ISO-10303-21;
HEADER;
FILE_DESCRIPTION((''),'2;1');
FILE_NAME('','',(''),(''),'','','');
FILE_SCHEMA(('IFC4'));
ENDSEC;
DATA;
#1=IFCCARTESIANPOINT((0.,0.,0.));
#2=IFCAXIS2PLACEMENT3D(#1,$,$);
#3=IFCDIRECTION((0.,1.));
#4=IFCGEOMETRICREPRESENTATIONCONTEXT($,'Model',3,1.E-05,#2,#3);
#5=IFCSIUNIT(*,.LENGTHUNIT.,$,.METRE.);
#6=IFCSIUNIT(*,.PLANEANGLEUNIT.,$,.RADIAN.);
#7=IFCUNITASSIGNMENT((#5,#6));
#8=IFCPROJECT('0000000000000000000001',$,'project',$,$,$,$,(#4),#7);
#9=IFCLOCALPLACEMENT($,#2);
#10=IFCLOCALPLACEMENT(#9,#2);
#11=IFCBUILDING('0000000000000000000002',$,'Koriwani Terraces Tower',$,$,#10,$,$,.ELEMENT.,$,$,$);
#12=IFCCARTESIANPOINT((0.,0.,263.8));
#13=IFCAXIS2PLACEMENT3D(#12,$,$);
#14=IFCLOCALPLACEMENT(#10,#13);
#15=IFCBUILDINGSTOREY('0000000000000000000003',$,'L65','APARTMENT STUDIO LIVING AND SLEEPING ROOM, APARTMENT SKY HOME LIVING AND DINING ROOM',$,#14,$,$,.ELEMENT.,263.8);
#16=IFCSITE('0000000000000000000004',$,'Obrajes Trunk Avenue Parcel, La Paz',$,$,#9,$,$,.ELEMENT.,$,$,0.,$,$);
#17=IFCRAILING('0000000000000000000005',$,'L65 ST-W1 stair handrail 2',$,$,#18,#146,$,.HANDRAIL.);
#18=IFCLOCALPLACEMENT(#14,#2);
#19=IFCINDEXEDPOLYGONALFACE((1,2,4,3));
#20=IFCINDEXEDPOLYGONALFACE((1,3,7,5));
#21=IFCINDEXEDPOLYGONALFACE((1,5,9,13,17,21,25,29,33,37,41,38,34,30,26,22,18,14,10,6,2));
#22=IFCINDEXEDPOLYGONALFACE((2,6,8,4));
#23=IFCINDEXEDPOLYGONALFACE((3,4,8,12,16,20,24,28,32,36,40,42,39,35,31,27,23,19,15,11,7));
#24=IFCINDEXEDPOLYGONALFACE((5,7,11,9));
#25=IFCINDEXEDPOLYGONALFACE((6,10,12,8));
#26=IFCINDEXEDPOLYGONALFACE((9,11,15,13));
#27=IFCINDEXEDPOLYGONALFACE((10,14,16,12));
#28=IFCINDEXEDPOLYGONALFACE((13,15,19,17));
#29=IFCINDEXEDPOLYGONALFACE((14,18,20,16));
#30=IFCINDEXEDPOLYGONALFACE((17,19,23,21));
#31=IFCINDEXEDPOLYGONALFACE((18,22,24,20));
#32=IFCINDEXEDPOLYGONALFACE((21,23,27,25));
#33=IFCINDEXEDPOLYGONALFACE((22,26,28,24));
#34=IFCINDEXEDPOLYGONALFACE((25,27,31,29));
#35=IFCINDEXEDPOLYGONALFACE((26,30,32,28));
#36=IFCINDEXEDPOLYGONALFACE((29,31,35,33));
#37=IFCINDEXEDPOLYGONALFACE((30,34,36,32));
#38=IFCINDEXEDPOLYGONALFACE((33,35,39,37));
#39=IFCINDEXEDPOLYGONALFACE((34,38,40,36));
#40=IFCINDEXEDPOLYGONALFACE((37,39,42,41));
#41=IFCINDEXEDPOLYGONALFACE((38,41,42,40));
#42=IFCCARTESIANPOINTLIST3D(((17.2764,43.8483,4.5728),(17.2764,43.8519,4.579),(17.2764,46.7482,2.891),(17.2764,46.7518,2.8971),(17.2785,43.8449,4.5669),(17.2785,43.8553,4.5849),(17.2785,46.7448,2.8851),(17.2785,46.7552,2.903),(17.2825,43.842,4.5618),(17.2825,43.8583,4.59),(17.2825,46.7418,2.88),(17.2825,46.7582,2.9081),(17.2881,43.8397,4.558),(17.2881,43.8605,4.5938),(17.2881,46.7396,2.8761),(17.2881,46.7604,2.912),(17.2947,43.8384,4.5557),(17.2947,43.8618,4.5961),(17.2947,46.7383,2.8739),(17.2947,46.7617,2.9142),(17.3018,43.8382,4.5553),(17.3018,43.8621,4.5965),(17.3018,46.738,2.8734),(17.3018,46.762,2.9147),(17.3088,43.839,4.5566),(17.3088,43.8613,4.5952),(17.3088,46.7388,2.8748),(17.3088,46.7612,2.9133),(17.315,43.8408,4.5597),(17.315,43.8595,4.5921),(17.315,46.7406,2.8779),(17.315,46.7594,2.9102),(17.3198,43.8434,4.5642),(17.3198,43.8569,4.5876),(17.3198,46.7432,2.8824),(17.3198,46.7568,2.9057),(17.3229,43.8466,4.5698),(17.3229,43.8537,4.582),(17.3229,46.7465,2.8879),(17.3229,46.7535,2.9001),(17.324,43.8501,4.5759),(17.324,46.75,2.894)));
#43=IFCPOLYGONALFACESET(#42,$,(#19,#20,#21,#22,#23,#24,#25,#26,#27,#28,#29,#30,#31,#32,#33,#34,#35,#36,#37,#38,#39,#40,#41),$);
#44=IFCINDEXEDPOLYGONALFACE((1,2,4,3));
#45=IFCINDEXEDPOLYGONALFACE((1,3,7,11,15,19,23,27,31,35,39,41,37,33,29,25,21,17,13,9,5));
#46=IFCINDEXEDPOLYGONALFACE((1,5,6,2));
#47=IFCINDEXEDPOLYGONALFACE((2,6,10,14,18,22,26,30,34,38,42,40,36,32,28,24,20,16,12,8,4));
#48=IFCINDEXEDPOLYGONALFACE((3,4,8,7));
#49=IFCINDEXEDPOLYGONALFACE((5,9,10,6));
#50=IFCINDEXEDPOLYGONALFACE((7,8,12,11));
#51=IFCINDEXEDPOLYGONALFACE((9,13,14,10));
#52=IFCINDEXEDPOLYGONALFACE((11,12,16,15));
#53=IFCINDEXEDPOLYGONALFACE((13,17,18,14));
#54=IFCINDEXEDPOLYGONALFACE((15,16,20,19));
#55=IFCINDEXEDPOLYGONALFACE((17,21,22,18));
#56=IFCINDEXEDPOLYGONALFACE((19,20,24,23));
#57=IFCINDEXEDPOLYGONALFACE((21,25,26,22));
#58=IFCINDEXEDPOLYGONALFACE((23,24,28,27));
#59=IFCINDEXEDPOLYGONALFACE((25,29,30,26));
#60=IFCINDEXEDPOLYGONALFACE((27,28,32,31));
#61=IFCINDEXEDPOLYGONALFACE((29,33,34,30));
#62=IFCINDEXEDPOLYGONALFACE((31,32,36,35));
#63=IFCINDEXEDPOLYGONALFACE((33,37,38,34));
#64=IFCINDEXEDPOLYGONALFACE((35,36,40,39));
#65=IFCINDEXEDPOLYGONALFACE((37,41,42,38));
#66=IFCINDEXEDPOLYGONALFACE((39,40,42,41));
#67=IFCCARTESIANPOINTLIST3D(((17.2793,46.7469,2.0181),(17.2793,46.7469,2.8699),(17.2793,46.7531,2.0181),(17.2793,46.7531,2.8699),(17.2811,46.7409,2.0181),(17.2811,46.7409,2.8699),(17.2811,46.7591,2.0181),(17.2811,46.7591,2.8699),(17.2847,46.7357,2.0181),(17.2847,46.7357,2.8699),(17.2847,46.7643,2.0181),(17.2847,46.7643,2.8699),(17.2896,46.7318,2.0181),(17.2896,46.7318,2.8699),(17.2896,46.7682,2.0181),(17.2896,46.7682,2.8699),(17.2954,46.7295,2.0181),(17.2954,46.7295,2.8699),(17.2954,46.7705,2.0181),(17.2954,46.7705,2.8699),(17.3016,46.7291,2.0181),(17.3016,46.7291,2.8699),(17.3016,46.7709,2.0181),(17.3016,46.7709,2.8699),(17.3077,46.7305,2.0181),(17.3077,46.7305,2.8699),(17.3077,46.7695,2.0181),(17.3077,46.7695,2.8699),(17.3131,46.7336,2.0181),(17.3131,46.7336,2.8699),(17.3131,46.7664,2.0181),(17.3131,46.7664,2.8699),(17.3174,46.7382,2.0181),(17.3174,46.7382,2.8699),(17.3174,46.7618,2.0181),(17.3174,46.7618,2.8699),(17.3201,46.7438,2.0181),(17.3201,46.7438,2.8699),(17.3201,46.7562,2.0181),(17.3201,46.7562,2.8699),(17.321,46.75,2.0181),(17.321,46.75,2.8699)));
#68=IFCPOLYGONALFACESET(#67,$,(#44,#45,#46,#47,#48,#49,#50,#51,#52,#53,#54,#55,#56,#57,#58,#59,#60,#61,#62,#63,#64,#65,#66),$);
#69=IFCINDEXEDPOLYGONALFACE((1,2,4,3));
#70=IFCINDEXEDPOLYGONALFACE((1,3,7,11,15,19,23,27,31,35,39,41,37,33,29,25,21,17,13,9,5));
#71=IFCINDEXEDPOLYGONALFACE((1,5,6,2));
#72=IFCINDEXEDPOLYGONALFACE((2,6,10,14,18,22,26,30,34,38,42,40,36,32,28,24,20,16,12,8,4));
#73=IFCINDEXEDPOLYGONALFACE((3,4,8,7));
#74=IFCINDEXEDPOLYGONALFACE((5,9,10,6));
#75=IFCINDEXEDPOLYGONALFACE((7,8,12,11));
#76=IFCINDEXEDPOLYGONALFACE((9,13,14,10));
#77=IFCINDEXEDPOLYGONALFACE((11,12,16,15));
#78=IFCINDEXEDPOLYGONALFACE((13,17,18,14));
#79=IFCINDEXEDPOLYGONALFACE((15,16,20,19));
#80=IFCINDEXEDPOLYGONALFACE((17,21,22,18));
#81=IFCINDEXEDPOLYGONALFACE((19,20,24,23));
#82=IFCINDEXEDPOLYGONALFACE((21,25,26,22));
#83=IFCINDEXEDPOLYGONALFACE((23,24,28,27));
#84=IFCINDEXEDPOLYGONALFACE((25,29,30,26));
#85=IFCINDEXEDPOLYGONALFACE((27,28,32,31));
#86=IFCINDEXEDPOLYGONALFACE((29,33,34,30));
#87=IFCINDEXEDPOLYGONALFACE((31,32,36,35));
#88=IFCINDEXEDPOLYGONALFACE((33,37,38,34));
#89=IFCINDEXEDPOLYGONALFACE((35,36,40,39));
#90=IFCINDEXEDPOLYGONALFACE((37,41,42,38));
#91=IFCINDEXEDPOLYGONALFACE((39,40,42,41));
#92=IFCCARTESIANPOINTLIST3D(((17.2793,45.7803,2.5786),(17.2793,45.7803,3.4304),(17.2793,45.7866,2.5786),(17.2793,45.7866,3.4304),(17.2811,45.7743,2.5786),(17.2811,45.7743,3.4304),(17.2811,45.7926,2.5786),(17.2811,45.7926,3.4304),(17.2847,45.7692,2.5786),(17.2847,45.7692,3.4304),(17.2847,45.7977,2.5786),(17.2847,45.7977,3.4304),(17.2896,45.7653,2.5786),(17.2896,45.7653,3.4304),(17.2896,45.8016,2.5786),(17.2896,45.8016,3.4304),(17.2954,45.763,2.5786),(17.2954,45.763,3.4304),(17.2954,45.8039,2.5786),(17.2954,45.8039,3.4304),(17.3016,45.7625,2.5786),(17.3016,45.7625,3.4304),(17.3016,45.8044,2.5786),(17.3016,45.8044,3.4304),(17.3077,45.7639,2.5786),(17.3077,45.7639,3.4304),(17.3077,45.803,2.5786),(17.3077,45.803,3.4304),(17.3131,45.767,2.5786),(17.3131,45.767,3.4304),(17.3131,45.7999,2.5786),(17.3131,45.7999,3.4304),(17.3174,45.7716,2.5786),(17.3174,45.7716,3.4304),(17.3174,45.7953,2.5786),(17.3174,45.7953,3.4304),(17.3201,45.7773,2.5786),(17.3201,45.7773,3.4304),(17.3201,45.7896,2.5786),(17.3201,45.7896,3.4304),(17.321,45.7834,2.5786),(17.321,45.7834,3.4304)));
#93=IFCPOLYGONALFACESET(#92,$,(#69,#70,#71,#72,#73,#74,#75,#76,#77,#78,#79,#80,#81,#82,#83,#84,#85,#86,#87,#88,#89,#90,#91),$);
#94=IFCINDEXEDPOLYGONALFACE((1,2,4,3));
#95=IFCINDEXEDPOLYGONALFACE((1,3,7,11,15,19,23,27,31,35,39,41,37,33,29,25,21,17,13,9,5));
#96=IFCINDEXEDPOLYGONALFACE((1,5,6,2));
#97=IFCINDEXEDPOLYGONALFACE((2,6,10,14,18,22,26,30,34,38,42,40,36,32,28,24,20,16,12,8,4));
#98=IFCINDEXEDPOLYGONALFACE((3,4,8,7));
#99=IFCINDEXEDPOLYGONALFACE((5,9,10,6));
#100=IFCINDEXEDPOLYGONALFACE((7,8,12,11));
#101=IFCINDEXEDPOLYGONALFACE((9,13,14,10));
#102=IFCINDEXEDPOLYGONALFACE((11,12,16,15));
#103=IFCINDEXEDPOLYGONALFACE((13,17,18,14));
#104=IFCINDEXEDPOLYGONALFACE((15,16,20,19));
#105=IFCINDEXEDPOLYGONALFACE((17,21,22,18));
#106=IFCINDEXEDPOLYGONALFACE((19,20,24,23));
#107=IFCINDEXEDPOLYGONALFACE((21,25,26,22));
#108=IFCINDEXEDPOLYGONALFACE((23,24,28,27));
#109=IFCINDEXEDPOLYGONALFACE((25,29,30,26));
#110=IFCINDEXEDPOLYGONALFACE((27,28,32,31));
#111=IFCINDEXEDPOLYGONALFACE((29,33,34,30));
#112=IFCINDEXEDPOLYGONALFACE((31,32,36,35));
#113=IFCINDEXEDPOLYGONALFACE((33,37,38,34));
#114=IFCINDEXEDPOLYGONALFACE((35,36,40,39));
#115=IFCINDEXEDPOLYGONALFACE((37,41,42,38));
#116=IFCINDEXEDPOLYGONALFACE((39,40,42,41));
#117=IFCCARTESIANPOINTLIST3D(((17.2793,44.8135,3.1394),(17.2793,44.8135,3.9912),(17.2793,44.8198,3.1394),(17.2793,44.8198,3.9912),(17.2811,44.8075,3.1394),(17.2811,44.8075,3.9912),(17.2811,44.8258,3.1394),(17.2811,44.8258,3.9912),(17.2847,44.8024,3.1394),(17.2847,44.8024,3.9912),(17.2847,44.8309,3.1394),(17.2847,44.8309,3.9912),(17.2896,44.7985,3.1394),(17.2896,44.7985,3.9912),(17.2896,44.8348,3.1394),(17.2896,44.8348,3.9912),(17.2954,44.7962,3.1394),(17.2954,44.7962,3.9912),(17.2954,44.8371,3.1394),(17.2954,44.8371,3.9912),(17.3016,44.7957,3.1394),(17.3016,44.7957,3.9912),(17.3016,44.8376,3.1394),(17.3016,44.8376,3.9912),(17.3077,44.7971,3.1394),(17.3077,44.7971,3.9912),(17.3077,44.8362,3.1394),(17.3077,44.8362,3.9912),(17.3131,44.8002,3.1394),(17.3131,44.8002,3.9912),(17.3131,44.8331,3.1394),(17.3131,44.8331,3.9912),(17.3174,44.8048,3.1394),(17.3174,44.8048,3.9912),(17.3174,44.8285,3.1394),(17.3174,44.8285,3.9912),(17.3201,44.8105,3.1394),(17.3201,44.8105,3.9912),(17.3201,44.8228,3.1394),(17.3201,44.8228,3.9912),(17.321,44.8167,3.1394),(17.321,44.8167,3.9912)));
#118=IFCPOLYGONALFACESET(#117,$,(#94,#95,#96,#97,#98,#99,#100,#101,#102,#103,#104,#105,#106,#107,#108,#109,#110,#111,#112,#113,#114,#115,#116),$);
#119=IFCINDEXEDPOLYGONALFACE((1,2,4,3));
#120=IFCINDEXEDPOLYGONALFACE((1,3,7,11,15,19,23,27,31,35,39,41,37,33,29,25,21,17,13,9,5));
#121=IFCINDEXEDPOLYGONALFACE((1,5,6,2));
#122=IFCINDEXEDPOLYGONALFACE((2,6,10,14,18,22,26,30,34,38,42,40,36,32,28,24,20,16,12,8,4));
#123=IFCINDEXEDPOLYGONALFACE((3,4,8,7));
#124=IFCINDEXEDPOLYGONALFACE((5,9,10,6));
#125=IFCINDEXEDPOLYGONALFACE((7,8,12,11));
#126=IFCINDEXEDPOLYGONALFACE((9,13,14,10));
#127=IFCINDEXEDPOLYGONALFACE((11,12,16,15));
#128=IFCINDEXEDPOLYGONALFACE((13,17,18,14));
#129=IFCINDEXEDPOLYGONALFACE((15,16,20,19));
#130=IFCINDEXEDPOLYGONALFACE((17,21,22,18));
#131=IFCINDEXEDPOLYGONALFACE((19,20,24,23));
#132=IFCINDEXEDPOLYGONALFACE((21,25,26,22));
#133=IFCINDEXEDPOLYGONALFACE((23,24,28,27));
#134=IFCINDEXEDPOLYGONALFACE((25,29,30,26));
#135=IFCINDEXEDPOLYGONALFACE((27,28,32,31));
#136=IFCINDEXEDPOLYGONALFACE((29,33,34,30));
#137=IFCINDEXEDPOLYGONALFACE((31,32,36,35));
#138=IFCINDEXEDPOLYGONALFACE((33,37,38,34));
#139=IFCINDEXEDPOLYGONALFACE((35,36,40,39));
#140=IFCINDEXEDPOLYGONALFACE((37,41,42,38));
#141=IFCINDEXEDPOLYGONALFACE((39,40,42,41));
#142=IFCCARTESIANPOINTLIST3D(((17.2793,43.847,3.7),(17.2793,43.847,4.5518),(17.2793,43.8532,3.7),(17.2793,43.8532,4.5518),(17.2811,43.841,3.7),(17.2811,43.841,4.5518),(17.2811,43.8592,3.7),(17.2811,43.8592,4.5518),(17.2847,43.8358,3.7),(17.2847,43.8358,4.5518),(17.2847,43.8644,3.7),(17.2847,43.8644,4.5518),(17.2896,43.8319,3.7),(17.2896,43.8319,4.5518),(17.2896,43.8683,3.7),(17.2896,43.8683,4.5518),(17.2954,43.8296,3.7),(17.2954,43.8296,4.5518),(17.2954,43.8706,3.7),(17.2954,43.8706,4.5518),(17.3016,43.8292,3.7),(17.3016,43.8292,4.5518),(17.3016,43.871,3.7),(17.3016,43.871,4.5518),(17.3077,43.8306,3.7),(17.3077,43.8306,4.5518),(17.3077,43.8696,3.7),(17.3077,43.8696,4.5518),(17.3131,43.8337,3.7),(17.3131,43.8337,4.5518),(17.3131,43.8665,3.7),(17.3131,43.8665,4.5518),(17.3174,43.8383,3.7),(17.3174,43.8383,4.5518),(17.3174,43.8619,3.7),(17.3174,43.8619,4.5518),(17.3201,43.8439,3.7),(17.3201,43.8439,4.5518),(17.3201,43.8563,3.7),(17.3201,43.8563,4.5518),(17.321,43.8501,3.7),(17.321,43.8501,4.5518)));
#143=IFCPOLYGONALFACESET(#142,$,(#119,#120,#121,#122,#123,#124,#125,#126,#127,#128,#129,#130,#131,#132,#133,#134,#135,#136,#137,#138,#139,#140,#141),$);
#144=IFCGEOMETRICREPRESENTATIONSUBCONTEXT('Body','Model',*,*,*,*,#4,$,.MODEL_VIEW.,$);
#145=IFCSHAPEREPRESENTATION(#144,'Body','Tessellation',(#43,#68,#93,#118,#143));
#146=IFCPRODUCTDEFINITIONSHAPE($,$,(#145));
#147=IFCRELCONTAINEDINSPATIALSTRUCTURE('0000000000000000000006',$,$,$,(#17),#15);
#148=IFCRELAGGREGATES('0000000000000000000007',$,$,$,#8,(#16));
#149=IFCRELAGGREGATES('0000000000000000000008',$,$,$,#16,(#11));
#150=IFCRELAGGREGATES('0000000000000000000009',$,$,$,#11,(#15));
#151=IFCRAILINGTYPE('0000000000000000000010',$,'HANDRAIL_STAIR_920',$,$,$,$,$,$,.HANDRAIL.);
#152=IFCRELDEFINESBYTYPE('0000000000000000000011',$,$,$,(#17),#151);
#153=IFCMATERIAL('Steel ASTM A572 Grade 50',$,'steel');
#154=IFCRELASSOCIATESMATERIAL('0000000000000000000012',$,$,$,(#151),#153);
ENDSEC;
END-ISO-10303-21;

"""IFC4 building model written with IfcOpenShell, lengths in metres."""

from ifc_helpers import new_model, si_unit, direction, frame, origin, origin_2d, place, context, subcontext, project, spatial, circle, extrude, material, type_object, element, save


model = new_model("IFC4")

# Units and contexts
model_context = context("Model", 3, precision=1e-05, world=origin(), true_north=direction((0.0, 1.0)))
body_context = subcontext(model_context, "Body", "Model", "MODEL_VIEW")
ifc_project = project(units=[si_unit("LENGTHUNIT", "METRE"), si_unit("PLANEANGLEUNIT", "RADIAN")], contexts=[model_context])

# Site, building, storey
site_placement = place(None, origin())
site = spatial("IfcSite", under=ifc_project, at=site_placement, Name="Obrajes Trunk Avenue Parcel, La Paz", CompositionType="ELEMENT", RefElevation=0.0)
building_placement = place(site_placement, origin())
building = spatial("IfcBuilding", under=site, at=building_placement, Name="Koriwani Terraces Tower", CompositionType="ELEMENT")
storey_placement = place(building_placement, frame((0.0, 0.0, 263.8)))
storey = spatial("IfcBuildingStorey", under=building, at=storey_placement, Name="L65", Description="APARTMENT STUDIO LIVING AND SLEEPING ROOM, APARTMENT SKY HOME LIVING AND DINING ROOM", CompositionType="ELEMENT", Elevation=263.8)

# Shared definitions
ifc_material_1 = material(Name="Steel ASTM A572 Grade 50", Category="steel")

# Railing
railing_type_1 = type_object("IfcRailingType", Name="HANDRAIL_STAIR_920", PredefinedType="HANDRAIL", material=ifc_material_1)
railing_1_placement = place(storey_placement, frame((17.3, 46.75, 2.0181)))
element("IfcRailing", 1, at=railing_1_placement, inside=storey, type_object=railing_type_1, Name="L65 ST-W1 stair handrail 2", PredefinedType="HANDRAIL", context=body_context, shape_type="SweptSolid", body=[
    extrude(circle(Radius=0.0239, at=origin_2d()), frame((0.0, 0.0, 0.876), z_axis=(0.0, -0.865039, 0.501705), x_axis=(1.0, 0.0, 0.0)), (0.0, 0.0, 1.0), 3.3523),
    extrude(circle(Radius=0.021, at=origin_2d()), origin(), (0.0, 0.0, 1.0), 0.8518),
    extrude(circle(Radius=0.021, at=origin_2d()), frame((0.0, -0.9666, 0.5605)), (0.0, 0.0, 1.0), 0.8518),
    extrude(circle(Radius=0.021, at=origin_2d()), frame((0.0, -1.9333, 1.1213)), (0.0, 0.0, 1.0), 0.8518),
    extrude(circle(Radius=0.021, at=origin_2d()), frame((0.0, -2.8999, 1.6819)), (0.0, 0.0, 1.0), 0.8518),
])

save(model, "model.ifc")
